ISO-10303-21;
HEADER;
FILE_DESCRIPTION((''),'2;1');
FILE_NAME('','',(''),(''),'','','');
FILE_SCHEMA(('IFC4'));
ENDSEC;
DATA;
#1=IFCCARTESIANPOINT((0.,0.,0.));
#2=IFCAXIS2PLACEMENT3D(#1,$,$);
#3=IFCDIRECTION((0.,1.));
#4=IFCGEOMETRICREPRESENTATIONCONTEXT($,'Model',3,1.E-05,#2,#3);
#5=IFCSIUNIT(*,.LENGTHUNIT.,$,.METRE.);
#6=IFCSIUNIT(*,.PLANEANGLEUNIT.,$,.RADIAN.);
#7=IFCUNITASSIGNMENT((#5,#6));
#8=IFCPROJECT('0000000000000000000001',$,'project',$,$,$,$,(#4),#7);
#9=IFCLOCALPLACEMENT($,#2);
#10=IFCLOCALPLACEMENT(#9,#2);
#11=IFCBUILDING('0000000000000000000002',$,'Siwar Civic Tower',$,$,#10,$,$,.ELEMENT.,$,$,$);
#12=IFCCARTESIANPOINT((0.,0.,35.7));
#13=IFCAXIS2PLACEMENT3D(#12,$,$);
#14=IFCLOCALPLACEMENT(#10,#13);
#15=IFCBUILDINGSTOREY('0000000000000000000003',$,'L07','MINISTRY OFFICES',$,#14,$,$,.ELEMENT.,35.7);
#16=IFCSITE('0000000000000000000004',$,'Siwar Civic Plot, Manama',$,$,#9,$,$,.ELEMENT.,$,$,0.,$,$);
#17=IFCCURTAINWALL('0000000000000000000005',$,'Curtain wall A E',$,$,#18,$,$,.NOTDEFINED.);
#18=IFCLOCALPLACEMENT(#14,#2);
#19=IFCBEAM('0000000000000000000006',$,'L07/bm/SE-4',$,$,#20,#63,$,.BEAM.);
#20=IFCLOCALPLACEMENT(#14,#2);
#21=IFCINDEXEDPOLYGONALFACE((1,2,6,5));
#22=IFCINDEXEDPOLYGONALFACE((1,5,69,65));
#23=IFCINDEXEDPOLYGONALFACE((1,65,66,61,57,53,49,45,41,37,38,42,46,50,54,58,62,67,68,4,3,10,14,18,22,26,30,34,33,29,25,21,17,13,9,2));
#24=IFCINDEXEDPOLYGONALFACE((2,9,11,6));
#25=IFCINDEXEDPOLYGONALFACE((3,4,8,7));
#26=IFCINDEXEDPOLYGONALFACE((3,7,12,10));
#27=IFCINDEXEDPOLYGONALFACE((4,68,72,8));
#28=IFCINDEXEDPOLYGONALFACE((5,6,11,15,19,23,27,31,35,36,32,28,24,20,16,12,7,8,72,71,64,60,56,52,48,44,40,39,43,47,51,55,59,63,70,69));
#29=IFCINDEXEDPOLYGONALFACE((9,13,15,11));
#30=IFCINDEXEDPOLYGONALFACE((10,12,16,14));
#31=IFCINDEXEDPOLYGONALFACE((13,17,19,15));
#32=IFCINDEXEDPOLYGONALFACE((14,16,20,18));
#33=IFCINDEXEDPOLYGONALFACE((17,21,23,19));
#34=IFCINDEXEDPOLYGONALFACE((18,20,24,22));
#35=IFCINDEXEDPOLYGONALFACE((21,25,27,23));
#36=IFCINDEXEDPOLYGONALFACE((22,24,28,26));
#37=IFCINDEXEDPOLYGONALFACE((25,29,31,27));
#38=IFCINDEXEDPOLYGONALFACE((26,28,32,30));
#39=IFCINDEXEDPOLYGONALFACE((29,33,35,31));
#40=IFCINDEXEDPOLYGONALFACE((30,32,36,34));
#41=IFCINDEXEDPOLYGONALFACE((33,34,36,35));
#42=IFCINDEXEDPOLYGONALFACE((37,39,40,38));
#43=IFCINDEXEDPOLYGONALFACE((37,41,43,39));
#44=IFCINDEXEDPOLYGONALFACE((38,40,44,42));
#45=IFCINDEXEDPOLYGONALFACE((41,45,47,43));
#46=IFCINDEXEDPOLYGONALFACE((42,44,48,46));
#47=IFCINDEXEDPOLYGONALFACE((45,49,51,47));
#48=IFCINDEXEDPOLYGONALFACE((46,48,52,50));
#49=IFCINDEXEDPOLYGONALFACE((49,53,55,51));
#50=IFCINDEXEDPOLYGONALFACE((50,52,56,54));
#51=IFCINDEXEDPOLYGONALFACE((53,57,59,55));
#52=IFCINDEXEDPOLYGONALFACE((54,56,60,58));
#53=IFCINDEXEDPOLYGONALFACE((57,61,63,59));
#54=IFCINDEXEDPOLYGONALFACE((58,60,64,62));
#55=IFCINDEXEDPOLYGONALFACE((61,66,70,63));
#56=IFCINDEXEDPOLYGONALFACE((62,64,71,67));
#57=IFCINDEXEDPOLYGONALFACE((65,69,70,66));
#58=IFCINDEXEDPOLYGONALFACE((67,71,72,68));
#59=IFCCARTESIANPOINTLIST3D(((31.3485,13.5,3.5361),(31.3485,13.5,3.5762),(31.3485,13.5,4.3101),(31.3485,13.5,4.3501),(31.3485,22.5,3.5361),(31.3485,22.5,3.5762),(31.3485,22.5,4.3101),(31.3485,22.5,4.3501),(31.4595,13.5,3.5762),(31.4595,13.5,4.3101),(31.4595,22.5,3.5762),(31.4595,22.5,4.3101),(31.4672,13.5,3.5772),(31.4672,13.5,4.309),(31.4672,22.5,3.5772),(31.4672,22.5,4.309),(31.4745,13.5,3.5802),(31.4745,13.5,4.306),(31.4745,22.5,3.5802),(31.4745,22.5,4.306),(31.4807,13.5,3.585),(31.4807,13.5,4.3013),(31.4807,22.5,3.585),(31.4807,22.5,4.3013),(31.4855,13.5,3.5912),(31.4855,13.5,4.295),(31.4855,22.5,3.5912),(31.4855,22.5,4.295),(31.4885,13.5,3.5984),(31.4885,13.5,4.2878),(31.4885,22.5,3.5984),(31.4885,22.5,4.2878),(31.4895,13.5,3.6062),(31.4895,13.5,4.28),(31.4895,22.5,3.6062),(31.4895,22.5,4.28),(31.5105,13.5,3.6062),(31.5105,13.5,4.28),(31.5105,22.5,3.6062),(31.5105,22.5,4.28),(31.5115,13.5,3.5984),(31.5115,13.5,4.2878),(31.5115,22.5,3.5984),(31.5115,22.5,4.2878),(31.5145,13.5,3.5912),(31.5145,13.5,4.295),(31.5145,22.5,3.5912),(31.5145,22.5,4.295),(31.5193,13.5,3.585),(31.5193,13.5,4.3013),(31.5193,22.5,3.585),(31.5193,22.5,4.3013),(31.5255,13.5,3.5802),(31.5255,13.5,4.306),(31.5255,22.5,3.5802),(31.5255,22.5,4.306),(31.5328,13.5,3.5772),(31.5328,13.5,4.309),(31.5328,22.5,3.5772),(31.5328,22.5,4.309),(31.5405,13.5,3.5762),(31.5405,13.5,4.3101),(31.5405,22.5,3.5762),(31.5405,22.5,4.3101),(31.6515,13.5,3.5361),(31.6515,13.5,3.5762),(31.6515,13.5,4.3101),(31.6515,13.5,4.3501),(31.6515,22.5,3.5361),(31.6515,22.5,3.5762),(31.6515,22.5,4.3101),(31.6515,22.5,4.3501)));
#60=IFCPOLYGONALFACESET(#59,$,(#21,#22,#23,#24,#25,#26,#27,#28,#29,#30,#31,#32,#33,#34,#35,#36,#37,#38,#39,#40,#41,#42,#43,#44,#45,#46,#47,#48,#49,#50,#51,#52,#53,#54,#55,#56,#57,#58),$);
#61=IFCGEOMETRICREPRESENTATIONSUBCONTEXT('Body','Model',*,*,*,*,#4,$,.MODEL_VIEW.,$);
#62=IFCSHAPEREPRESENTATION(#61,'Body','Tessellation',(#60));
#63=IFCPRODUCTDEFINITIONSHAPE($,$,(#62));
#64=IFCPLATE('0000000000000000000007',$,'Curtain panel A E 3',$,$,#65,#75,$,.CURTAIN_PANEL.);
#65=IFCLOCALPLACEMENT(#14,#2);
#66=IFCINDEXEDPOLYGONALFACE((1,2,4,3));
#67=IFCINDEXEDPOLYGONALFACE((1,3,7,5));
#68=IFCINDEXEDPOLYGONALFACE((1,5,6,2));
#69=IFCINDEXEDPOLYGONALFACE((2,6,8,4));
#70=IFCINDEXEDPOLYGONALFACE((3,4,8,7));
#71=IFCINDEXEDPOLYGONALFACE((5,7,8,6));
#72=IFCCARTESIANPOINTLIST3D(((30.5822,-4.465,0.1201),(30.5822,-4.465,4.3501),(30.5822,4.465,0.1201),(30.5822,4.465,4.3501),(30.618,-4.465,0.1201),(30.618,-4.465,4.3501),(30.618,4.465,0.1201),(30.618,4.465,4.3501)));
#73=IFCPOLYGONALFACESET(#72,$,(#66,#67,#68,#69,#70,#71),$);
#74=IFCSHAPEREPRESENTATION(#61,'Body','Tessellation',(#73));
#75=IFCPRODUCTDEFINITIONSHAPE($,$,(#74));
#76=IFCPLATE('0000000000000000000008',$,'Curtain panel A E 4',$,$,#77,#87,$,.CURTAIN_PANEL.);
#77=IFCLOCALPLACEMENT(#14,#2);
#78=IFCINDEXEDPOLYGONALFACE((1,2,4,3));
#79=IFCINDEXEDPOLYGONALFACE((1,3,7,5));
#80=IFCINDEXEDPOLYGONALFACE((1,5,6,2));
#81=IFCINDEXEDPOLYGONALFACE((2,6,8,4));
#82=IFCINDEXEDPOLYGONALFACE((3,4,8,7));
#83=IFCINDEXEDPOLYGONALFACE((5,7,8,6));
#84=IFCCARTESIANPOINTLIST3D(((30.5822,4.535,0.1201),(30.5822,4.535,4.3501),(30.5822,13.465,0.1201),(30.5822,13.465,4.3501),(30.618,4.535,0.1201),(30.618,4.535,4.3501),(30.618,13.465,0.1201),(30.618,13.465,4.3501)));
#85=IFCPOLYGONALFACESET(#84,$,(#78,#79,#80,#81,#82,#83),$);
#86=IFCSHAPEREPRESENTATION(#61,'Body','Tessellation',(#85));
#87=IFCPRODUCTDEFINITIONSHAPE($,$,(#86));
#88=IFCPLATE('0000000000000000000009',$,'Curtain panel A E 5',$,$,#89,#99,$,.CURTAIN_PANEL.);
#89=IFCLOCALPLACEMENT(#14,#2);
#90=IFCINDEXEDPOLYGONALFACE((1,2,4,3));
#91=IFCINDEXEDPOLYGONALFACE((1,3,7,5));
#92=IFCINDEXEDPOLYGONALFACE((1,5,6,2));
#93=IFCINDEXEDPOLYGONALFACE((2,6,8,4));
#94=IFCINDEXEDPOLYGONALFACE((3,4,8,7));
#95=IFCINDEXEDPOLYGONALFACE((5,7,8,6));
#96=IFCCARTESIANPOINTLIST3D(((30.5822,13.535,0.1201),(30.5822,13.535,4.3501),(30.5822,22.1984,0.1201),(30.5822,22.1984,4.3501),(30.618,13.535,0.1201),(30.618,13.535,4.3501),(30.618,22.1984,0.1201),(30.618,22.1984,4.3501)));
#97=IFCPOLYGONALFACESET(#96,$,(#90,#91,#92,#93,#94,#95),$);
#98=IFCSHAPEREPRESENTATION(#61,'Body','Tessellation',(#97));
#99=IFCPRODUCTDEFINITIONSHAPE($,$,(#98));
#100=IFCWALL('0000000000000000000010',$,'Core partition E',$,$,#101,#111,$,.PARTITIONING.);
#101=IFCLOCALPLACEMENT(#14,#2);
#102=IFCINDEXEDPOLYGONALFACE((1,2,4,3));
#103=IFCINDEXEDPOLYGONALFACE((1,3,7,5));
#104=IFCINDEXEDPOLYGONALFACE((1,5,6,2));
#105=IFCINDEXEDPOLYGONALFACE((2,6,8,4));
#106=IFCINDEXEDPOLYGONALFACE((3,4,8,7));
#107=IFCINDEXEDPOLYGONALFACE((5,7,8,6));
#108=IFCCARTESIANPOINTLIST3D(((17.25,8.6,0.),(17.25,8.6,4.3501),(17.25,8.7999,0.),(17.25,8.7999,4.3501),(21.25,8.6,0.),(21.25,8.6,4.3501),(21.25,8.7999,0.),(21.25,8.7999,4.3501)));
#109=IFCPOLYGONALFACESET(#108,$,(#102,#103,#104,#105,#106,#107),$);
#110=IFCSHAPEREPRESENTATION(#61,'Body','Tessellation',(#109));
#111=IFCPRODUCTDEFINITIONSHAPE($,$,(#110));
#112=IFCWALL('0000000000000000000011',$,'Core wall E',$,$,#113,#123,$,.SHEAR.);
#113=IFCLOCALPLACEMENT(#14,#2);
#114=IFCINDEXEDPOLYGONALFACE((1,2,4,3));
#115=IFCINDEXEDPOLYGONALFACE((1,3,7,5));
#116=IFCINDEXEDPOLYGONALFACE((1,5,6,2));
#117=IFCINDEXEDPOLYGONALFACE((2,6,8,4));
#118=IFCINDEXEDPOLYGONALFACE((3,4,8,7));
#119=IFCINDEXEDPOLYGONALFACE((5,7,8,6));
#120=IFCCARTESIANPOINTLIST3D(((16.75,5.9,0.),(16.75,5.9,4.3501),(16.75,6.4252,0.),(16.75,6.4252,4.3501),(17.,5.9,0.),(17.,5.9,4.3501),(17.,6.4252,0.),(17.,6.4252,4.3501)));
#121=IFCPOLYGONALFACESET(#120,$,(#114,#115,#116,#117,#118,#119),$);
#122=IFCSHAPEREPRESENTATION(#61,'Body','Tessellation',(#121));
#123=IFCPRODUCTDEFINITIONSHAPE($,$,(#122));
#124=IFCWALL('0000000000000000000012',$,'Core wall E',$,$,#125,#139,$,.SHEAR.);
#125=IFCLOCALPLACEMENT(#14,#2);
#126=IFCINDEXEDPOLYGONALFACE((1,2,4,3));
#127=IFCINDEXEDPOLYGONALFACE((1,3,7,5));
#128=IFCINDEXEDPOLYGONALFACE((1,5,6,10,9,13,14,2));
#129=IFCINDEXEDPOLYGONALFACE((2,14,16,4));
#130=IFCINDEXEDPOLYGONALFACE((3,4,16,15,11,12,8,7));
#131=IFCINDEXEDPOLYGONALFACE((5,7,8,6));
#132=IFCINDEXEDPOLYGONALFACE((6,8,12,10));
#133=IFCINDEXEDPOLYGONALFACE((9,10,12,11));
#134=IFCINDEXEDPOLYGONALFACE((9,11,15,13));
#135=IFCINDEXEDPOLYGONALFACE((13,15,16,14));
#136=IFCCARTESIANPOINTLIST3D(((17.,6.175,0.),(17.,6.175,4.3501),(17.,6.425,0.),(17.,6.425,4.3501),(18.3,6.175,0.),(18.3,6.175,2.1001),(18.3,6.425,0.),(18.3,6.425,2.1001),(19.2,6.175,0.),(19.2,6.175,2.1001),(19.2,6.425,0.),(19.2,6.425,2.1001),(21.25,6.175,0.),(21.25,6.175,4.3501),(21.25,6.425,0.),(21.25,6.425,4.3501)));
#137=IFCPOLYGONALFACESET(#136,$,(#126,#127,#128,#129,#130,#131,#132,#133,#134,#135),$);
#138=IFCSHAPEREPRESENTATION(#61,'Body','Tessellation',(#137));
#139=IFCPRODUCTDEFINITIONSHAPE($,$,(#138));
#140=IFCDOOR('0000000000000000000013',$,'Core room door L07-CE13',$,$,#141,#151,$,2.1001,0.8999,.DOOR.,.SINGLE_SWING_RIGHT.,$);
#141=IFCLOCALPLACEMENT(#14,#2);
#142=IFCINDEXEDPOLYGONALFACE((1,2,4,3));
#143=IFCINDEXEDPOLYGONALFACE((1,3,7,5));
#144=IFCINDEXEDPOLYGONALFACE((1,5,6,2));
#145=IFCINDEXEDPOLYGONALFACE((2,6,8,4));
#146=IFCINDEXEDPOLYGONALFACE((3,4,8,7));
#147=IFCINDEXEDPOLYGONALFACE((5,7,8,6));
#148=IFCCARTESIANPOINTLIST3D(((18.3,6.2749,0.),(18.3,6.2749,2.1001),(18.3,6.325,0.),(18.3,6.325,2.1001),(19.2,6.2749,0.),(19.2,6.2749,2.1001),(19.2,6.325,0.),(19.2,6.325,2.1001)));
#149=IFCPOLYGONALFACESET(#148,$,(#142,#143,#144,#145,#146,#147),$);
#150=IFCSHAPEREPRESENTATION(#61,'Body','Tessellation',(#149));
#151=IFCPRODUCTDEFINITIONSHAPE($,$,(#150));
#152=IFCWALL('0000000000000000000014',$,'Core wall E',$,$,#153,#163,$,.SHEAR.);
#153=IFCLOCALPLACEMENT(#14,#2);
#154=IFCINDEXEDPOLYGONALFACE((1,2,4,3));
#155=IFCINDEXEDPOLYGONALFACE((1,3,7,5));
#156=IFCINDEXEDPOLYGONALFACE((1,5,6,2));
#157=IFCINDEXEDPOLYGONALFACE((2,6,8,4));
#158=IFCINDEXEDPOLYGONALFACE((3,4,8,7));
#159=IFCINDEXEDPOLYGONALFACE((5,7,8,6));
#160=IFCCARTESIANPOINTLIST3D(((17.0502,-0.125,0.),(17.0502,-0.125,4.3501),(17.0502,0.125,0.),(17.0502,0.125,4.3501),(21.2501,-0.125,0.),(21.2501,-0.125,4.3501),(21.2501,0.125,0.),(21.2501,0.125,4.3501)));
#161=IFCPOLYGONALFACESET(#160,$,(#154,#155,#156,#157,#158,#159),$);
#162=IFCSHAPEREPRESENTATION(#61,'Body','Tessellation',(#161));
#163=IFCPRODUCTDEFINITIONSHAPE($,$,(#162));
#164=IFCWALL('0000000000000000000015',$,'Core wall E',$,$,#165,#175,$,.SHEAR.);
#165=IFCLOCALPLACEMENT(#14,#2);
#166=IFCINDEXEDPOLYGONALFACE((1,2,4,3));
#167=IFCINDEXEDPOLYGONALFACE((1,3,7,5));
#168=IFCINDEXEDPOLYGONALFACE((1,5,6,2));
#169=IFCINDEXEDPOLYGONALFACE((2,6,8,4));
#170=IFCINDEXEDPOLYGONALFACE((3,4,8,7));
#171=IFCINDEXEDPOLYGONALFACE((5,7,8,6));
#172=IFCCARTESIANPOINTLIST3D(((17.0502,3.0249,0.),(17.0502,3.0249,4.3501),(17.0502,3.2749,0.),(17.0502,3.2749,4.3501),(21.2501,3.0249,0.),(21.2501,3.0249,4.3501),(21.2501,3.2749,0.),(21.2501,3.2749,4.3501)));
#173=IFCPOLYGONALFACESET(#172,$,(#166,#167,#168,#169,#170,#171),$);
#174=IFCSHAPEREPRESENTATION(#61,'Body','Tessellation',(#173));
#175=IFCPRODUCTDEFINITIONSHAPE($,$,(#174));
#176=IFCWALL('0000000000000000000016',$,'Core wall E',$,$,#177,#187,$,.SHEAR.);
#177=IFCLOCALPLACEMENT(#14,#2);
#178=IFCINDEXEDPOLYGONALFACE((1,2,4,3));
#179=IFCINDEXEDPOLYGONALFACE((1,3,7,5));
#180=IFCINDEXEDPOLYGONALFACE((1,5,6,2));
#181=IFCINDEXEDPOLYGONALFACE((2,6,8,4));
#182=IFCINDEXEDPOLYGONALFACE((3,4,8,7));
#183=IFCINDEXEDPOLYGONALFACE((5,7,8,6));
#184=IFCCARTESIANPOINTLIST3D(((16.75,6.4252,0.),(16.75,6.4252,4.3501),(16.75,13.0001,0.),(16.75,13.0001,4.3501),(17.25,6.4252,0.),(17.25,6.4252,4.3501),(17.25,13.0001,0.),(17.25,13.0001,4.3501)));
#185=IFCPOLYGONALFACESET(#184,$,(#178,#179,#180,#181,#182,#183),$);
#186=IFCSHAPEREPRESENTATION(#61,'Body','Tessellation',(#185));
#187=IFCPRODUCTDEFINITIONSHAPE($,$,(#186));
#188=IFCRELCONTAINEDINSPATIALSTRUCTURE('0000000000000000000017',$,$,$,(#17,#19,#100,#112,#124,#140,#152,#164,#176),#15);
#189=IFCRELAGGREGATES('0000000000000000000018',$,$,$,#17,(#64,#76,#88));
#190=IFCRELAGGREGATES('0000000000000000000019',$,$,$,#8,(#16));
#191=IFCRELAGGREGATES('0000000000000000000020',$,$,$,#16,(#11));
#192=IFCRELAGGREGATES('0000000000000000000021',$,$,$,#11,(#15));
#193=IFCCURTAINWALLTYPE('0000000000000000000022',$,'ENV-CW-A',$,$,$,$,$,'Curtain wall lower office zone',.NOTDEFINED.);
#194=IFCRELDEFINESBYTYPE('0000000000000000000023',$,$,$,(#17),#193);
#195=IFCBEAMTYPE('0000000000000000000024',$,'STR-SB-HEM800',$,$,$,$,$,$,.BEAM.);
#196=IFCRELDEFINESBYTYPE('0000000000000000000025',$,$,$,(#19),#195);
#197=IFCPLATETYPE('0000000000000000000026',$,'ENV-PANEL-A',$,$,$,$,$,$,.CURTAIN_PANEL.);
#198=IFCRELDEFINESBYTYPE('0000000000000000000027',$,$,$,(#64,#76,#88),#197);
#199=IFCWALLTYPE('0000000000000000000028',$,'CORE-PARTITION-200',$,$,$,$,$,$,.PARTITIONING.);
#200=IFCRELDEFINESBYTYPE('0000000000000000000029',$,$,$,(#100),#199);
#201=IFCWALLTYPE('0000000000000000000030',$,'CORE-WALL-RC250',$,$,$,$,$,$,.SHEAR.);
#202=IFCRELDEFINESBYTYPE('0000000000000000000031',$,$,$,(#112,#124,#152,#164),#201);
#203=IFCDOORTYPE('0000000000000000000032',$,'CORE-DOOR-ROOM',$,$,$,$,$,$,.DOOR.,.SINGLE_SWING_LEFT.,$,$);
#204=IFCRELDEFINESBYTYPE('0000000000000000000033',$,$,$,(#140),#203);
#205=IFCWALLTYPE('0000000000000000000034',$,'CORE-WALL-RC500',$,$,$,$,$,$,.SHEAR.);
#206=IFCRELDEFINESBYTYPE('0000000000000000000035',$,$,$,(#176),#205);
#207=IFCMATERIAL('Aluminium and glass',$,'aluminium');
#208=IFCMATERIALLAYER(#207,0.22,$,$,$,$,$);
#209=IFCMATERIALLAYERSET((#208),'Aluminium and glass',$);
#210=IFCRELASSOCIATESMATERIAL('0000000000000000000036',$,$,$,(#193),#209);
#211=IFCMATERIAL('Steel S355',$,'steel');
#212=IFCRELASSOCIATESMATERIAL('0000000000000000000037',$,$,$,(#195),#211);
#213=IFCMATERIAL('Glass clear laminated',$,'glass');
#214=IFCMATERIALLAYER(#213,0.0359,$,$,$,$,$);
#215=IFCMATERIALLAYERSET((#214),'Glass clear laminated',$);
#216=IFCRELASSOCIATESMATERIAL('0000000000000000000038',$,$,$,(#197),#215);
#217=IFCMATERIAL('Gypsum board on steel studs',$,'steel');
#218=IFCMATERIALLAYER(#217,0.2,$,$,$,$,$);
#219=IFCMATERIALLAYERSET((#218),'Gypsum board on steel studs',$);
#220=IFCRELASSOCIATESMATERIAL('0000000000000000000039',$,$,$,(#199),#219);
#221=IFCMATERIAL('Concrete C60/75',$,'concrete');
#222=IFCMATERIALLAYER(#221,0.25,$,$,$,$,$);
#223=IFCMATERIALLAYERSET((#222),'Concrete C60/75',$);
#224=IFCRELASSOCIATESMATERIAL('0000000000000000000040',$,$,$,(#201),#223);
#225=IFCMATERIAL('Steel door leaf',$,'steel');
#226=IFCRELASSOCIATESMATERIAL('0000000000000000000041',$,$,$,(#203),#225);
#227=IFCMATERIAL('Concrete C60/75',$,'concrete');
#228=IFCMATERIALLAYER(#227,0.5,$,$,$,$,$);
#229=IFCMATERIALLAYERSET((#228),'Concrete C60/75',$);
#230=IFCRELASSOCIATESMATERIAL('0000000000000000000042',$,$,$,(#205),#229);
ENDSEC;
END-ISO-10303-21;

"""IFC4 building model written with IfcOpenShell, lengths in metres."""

from ifc_helpers import new_model, si_unit, direction, frame, frame_2d, origin, origin_2d, place, context, subcontext, project, spatial, rectangle, i_section, extrude, material, layer, layer_set, material_profile, profile_set, type_object, element, fill, aggregate, save


model = new_model("IFC4")

# Units and contexts
model_context = context("Model", 3, precision=1e-05, world=origin(), true_north=direction((0.0, 1.0)))
body_context = subcontext(model_context, "Body", "Model", "MODEL_VIEW")
ifc_project = project(units=[si_unit("LENGTHUNIT", "METRE"), si_unit("PLANEANGLEUNIT", "RADIAN")], contexts=[model_context])

# Site, building, storey
site_placement = place(None, origin())
site = spatial("IfcSite", under=ifc_project, at=site_placement, Name="Siwar Civic Plot, Manama", CompositionType="ELEMENT", RefElevation=0.0)
building_placement = place(site_placement, origin())
building = spatial("IfcBuilding", under=site, at=building_placement, Name="Siwar Civic Tower", CompositionType="ELEMENT")
storey_placement = place(building_placement, frame((0.0, 0.0, 35.7)))
storey = spatial("IfcBuildingStorey", under=building, at=storey_placement, Name="L07", Description="MINISTRY OFFICES", CompositionType="ELEMENT", Elevation=35.7)

# Curtain wall
ifc_material_1 = material(Name="Aluminium and glass", Category="aluminium")
ifc_layer_1 = layer(ifc_material_1, 0.22)
ifc_layer_set_1 = layer_set([ifc_layer_1], Name="Aluminium and glass")
curtain_wall_type = type_object("IfcCurtainWallType", Name="ENV-CW-A", ElementType="Curtain wall lower office zone", PredefinedType="NOTDEFINED", material=ifc_layer_set_1)
curtain_wall_placement = place(storey_placement, origin())
curtain_wall = element("IfcCurtainWall", 1, at=curtain_wall_placement, inside=storey, type_object=curtain_wall_type, Name="Curtain wall A E", PredefinedType="NOTDEFINED")

# Beam
ifc_material_2 = material(Name="Steel S355", Category="steel")
ifc_material_profile_1 = material_profile(ifc_material_2, i_section(OverallWidth=0.303, OverallDepth=0.814, WebThickness=0.021, FlangeThickness=0.04, FilletRadius=0.03, at=origin_2d()), Name="HEM800")
ifc_profile_set_1 = profile_set([ifc_material_profile_1], Name="Steel S355")
beam_type_1 = type_object("IfcBeamType", Name="STR-SB-HEM800", PredefinedType="BEAM", material=ifc_profile_set_1)
for number, where, z_axis, x_axis, name in (
    (2, (31.5, 13.5, 3.9431), (0.0, 1.0, 0.0), (-1.0, 0.0, 0.0), "L07/bm/SE-4"),
):
    element("IfcBeam", number, at=place(storey_placement, frame(where, z_axis=z_axis, x_axis=x_axis)), inside=storey, type_object=beam_type_1, Name=name, PredefinedType="BEAM", context=body_context, shape_type="SweptSolid", body=[
        extrude(i_section(OverallWidth=0.303, OverallDepth=0.814, WebThickness=0.021, FlangeThickness=0.04, FilletRadius=0.03, at=origin_2d()), origin(), (0.0, 0.0, 1.0), 9.0),
    ])

# Plates
ifc_material_3 = material(Name="Glass clear laminated", Category="glass")
ifc_layer_2 = layer(ifc_material_3, 0.0359)
ifc_layer_set_2 = layer_set([ifc_layer_2], Name="Glass clear laminated")
plate_type = type_object("IfcPlateType", Name="ENV-PANEL-A", PredefinedType="CURTAIN_PANEL", material=ifc_layer_set_2)
plate_1_placement = place(storey_placement, frame((30.6001, 0.0, 0.1201), z_axis=(0.0, 0.0, 1.0), x_axis=(0.0, 1.0, 0.0)))
plate_1 = element("IfcPlate", 3, at=plate_1_placement, type_object=plate_type, Name="Curtain panel A E 3", PredefinedType="CURTAIN_PANEL", context=body_context, shape_type="SweptSolid", body=[
    extrude(rectangle(XDim=8.9299, YDim=0.0359, at=origin_2d()), origin(), (0.0, 0.0, 1.0), 4.23),
])
plate_2_placement = place(storey_placement, frame((30.6001, 9.0, 0.1201), z_axis=(0.0, 0.0, 1.0), x_axis=(0.0, 1.0, 0.0)))
plate_2 = element("IfcPlate", 4, at=plate_2_placement, type_object=plate_type, Name="Curtain panel A E 4", PredefinedType="CURTAIN_PANEL", context=body_context, shape_type="SweptSolid", body=[
    extrude(rectangle(XDim=8.9299, YDim=0.0359, at=origin_2d()), origin(), (0.0, 0.0, 1.0), 4.23),
])
plate_3_placement = place(storey_placement, frame((30.6001, 17.8667, 0.1201), z_axis=(0.0, 0.0, 1.0), x_axis=(0.0, 1.0, 0.0)))
plate_3 = element("IfcPlate", 5, at=plate_3_placement, type_object=plate_type, Name="Curtain panel A E 5", PredefinedType="CURTAIN_PANEL", context=body_context, shape_type="SweptSolid", body=[
    extrude(rectangle(XDim=8.6633, YDim=0.0359, at=origin_2d()), origin(), (0.0, 0.0, 1.0), 4.23),
])
aggregate(curtain_wall, [plate_1, plate_2, plate_3])

# Walls
ifc_material_4 = material(Name="Gypsum board on steel studs", Category="steel")
ifc_layer_3 = layer(ifc_material_4, 0.2)
ifc_layer_set_3 = layer_set([ifc_layer_3], Name="Gypsum board on steel studs")
wall_type_1 = type_object("IfcWallType", Name="CORE-PARTITION-200", PredefinedType="PARTITIONING", material=ifc_layer_set_3)
wall_1_placement = place(storey_placement, frame((17.25, 8.7, 0.0), z_axis=(0.0, 0.0, 1.0), x_axis=(1.0, 0.0, 0.0)))
element("IfcWall", 6, at=wall_1_placement, inside=storey, type_object=wall_type_1, Name="Core partition E", PredefinedType="PARTITIONING", context=body_context, shape_type="SweptSolid", body=[
    extrude(rectangle(XDim=4.0, YDim=0.2, at=frame_2d((2.0, 0.0))), origin(), (0.0, 0.0, 1.0), 4.3501),
])
ifc_material_5 = material(Name="Concrete C60/75", Category="concrete")
ifc_layer_4 = layer(ifc_material_5, 0.25)
ifc_layer_set_4 = layer_set([ifc_layer_4], Name="Concrete C60/75")
wall_type_2 = type_object("IfcWallType", Name="CORE-WALL-RC250", PredefinedType="SHEAR", material=ifc_layer_set_4)
wall_2_placement = place(storey_placement, frame((16.875, 5.8999, 0.0), z_axis=(0.0, 0.0, 1.0), x_axis=(0.0, 1.0, 0.0)))
element("IfcWall", 7, at=wall_2_placement, inside=storey, type_object=wall_type_2, Name="Core wall E", PredefinedType="SHEAR", context=body_context, shape_type="SweptSolid", body=[
    extrude(rectangle(XDim=0.5251, YDim=0.25, at=frame_2d((0.2627, 0.0))), origin(), (0.0, 0.0, 1.0), 4.3501),
])

# Wall, opening, door
wall_3_placement = place(storey_placement, frame((17.0, 6.3, 0.0), z_axis=(0.0, 0.0, 1.0), x_axis=(1.0, 0.0, 0.0)))
wall_3 = element("IfcWall", 8, at=wall_3_placement, inside=storey, type_object=wall_type_2, Name="Core wall E", PredefinedType="SHEAR", context=body_context, shape_type="SweptSolid", body=[
    extrude(rectangle(XDim=4.25, YDim=0.25, at=frame_2d((2.125, 0.0))), origin(), (0.0, 0.0, 1.0), 4.3501),
])
opening_placement = place(wall_3_placement, frame((1.3, 0.0, 0.0)))
opening = element("IfcOpeningElement", 9, at=opening_placement, cuts=wall_3, PredefinedType="OPENING", context=body_context, shape_type="SweptSolid", body=[
    extrude(rectangle(XDim=0.8999, YDim=2.1001, at=frame_2d((0.45, 1.05))), frame((0.0, 0.135, 0.0), z_axis=(0.0, -1.0, 0.0), x_axis=(1.0, 0.0, 0.0)), (0.0, 0.0, 1.0), 0.27),
])
ifc_material_6 = material(Name="Steel door leaf", Category="steel")
door_type = type_object("IfcDoorType", Name="CORE-DOOR-ROOM", OperationType="SINGLE_SWING_LEFT", PredefinedType="DOOR", material=ifc_material_6)
door_placement = place(opening_placement, origin())
door = element("IfcDoor", 10, at=door_placement, inside=storey, type_object=door_type, Name="Core room door L07-CE13", OperationType="SINGLE_SWING_RIGHT", OverallHeight=2.1001, OverallWidth=0.8999, PredefinedType="DOOR", context=body_context, shape_type="SweptSolid", body=[
    extrude(rectangle(XDim=0.8999, YDim=2.1001, at=frame_2d((0.45, 1.05))), frame((0.0, 0.0249, 0.0), z_axis=(0.0, -1.0, 0.0), x_axis=(1.0, 0.0, 0.0)), (0.0, 0.0, 1.0), 0.05),
])
fill(opening, door)

# Walls
for number, where, z_axis, x_axis, name in (
    (11, (17.05, 0.0, 0.0), (0.0, 0.0, 1.0), (1.0, 0.0, 0.0), "Core wall E"),
    (12, (17.05, 3.1499, 0.0), (0.0, 0.0, 1.0), (1.0, 0.0, 0.0), "Core wall E"),
):
    element("IfcWall", number, at=place(storey_placement, frame(where, z_axis=z_axis, x_axis=x_axis)), inside=storey, type_object=wall_type_2, Name=name, PredefinedType="SHEAR", context=body_context, shape_type="SweptSolid", body=[
        extrude(rectangle(XDim=4.2, YDim=0.25, at=frame_2d((2.1001, 0.0))), origin(), (0.0, 0.0, 1.0), 4.3501),
    ])
ifc_material_7 = material(Name="Concrete C60/75", Category="concrete")
ifc_layer_5 = layer(ifc_material_7, 0.5)
ifc_layer_set_5 = layer_set([ifc_layer_5], Name="Concrete C60/75")
wall_type_3 = type_object("IfcWallType", Name="CORE-WALL-RC500", PredefinedType="SHEAR", material=ifc_layer_set_5)
wall_4_placement = place(storey_placement, frame((17.0, 6.425, 0.0), z_axis=(0.0, 0.0, 1.0), x_axis=(0.0, 1.0, 0.0)))
element("IfcWall", 13, at=wall_4_placement, inside=storey, type_object=wall_type_3, Name="Core wall E", PredefinedType="SHEAR", context=body_context, shape_type="SweptSolid", body=[
    extrude(rectangle(XDim=6.575, YDim=0.5, at=frame_2d((3.2876, 0.0))), origin(), (0.0, 0.0, 1.0), 4.3501),
])

save(model, "model.ifc")
